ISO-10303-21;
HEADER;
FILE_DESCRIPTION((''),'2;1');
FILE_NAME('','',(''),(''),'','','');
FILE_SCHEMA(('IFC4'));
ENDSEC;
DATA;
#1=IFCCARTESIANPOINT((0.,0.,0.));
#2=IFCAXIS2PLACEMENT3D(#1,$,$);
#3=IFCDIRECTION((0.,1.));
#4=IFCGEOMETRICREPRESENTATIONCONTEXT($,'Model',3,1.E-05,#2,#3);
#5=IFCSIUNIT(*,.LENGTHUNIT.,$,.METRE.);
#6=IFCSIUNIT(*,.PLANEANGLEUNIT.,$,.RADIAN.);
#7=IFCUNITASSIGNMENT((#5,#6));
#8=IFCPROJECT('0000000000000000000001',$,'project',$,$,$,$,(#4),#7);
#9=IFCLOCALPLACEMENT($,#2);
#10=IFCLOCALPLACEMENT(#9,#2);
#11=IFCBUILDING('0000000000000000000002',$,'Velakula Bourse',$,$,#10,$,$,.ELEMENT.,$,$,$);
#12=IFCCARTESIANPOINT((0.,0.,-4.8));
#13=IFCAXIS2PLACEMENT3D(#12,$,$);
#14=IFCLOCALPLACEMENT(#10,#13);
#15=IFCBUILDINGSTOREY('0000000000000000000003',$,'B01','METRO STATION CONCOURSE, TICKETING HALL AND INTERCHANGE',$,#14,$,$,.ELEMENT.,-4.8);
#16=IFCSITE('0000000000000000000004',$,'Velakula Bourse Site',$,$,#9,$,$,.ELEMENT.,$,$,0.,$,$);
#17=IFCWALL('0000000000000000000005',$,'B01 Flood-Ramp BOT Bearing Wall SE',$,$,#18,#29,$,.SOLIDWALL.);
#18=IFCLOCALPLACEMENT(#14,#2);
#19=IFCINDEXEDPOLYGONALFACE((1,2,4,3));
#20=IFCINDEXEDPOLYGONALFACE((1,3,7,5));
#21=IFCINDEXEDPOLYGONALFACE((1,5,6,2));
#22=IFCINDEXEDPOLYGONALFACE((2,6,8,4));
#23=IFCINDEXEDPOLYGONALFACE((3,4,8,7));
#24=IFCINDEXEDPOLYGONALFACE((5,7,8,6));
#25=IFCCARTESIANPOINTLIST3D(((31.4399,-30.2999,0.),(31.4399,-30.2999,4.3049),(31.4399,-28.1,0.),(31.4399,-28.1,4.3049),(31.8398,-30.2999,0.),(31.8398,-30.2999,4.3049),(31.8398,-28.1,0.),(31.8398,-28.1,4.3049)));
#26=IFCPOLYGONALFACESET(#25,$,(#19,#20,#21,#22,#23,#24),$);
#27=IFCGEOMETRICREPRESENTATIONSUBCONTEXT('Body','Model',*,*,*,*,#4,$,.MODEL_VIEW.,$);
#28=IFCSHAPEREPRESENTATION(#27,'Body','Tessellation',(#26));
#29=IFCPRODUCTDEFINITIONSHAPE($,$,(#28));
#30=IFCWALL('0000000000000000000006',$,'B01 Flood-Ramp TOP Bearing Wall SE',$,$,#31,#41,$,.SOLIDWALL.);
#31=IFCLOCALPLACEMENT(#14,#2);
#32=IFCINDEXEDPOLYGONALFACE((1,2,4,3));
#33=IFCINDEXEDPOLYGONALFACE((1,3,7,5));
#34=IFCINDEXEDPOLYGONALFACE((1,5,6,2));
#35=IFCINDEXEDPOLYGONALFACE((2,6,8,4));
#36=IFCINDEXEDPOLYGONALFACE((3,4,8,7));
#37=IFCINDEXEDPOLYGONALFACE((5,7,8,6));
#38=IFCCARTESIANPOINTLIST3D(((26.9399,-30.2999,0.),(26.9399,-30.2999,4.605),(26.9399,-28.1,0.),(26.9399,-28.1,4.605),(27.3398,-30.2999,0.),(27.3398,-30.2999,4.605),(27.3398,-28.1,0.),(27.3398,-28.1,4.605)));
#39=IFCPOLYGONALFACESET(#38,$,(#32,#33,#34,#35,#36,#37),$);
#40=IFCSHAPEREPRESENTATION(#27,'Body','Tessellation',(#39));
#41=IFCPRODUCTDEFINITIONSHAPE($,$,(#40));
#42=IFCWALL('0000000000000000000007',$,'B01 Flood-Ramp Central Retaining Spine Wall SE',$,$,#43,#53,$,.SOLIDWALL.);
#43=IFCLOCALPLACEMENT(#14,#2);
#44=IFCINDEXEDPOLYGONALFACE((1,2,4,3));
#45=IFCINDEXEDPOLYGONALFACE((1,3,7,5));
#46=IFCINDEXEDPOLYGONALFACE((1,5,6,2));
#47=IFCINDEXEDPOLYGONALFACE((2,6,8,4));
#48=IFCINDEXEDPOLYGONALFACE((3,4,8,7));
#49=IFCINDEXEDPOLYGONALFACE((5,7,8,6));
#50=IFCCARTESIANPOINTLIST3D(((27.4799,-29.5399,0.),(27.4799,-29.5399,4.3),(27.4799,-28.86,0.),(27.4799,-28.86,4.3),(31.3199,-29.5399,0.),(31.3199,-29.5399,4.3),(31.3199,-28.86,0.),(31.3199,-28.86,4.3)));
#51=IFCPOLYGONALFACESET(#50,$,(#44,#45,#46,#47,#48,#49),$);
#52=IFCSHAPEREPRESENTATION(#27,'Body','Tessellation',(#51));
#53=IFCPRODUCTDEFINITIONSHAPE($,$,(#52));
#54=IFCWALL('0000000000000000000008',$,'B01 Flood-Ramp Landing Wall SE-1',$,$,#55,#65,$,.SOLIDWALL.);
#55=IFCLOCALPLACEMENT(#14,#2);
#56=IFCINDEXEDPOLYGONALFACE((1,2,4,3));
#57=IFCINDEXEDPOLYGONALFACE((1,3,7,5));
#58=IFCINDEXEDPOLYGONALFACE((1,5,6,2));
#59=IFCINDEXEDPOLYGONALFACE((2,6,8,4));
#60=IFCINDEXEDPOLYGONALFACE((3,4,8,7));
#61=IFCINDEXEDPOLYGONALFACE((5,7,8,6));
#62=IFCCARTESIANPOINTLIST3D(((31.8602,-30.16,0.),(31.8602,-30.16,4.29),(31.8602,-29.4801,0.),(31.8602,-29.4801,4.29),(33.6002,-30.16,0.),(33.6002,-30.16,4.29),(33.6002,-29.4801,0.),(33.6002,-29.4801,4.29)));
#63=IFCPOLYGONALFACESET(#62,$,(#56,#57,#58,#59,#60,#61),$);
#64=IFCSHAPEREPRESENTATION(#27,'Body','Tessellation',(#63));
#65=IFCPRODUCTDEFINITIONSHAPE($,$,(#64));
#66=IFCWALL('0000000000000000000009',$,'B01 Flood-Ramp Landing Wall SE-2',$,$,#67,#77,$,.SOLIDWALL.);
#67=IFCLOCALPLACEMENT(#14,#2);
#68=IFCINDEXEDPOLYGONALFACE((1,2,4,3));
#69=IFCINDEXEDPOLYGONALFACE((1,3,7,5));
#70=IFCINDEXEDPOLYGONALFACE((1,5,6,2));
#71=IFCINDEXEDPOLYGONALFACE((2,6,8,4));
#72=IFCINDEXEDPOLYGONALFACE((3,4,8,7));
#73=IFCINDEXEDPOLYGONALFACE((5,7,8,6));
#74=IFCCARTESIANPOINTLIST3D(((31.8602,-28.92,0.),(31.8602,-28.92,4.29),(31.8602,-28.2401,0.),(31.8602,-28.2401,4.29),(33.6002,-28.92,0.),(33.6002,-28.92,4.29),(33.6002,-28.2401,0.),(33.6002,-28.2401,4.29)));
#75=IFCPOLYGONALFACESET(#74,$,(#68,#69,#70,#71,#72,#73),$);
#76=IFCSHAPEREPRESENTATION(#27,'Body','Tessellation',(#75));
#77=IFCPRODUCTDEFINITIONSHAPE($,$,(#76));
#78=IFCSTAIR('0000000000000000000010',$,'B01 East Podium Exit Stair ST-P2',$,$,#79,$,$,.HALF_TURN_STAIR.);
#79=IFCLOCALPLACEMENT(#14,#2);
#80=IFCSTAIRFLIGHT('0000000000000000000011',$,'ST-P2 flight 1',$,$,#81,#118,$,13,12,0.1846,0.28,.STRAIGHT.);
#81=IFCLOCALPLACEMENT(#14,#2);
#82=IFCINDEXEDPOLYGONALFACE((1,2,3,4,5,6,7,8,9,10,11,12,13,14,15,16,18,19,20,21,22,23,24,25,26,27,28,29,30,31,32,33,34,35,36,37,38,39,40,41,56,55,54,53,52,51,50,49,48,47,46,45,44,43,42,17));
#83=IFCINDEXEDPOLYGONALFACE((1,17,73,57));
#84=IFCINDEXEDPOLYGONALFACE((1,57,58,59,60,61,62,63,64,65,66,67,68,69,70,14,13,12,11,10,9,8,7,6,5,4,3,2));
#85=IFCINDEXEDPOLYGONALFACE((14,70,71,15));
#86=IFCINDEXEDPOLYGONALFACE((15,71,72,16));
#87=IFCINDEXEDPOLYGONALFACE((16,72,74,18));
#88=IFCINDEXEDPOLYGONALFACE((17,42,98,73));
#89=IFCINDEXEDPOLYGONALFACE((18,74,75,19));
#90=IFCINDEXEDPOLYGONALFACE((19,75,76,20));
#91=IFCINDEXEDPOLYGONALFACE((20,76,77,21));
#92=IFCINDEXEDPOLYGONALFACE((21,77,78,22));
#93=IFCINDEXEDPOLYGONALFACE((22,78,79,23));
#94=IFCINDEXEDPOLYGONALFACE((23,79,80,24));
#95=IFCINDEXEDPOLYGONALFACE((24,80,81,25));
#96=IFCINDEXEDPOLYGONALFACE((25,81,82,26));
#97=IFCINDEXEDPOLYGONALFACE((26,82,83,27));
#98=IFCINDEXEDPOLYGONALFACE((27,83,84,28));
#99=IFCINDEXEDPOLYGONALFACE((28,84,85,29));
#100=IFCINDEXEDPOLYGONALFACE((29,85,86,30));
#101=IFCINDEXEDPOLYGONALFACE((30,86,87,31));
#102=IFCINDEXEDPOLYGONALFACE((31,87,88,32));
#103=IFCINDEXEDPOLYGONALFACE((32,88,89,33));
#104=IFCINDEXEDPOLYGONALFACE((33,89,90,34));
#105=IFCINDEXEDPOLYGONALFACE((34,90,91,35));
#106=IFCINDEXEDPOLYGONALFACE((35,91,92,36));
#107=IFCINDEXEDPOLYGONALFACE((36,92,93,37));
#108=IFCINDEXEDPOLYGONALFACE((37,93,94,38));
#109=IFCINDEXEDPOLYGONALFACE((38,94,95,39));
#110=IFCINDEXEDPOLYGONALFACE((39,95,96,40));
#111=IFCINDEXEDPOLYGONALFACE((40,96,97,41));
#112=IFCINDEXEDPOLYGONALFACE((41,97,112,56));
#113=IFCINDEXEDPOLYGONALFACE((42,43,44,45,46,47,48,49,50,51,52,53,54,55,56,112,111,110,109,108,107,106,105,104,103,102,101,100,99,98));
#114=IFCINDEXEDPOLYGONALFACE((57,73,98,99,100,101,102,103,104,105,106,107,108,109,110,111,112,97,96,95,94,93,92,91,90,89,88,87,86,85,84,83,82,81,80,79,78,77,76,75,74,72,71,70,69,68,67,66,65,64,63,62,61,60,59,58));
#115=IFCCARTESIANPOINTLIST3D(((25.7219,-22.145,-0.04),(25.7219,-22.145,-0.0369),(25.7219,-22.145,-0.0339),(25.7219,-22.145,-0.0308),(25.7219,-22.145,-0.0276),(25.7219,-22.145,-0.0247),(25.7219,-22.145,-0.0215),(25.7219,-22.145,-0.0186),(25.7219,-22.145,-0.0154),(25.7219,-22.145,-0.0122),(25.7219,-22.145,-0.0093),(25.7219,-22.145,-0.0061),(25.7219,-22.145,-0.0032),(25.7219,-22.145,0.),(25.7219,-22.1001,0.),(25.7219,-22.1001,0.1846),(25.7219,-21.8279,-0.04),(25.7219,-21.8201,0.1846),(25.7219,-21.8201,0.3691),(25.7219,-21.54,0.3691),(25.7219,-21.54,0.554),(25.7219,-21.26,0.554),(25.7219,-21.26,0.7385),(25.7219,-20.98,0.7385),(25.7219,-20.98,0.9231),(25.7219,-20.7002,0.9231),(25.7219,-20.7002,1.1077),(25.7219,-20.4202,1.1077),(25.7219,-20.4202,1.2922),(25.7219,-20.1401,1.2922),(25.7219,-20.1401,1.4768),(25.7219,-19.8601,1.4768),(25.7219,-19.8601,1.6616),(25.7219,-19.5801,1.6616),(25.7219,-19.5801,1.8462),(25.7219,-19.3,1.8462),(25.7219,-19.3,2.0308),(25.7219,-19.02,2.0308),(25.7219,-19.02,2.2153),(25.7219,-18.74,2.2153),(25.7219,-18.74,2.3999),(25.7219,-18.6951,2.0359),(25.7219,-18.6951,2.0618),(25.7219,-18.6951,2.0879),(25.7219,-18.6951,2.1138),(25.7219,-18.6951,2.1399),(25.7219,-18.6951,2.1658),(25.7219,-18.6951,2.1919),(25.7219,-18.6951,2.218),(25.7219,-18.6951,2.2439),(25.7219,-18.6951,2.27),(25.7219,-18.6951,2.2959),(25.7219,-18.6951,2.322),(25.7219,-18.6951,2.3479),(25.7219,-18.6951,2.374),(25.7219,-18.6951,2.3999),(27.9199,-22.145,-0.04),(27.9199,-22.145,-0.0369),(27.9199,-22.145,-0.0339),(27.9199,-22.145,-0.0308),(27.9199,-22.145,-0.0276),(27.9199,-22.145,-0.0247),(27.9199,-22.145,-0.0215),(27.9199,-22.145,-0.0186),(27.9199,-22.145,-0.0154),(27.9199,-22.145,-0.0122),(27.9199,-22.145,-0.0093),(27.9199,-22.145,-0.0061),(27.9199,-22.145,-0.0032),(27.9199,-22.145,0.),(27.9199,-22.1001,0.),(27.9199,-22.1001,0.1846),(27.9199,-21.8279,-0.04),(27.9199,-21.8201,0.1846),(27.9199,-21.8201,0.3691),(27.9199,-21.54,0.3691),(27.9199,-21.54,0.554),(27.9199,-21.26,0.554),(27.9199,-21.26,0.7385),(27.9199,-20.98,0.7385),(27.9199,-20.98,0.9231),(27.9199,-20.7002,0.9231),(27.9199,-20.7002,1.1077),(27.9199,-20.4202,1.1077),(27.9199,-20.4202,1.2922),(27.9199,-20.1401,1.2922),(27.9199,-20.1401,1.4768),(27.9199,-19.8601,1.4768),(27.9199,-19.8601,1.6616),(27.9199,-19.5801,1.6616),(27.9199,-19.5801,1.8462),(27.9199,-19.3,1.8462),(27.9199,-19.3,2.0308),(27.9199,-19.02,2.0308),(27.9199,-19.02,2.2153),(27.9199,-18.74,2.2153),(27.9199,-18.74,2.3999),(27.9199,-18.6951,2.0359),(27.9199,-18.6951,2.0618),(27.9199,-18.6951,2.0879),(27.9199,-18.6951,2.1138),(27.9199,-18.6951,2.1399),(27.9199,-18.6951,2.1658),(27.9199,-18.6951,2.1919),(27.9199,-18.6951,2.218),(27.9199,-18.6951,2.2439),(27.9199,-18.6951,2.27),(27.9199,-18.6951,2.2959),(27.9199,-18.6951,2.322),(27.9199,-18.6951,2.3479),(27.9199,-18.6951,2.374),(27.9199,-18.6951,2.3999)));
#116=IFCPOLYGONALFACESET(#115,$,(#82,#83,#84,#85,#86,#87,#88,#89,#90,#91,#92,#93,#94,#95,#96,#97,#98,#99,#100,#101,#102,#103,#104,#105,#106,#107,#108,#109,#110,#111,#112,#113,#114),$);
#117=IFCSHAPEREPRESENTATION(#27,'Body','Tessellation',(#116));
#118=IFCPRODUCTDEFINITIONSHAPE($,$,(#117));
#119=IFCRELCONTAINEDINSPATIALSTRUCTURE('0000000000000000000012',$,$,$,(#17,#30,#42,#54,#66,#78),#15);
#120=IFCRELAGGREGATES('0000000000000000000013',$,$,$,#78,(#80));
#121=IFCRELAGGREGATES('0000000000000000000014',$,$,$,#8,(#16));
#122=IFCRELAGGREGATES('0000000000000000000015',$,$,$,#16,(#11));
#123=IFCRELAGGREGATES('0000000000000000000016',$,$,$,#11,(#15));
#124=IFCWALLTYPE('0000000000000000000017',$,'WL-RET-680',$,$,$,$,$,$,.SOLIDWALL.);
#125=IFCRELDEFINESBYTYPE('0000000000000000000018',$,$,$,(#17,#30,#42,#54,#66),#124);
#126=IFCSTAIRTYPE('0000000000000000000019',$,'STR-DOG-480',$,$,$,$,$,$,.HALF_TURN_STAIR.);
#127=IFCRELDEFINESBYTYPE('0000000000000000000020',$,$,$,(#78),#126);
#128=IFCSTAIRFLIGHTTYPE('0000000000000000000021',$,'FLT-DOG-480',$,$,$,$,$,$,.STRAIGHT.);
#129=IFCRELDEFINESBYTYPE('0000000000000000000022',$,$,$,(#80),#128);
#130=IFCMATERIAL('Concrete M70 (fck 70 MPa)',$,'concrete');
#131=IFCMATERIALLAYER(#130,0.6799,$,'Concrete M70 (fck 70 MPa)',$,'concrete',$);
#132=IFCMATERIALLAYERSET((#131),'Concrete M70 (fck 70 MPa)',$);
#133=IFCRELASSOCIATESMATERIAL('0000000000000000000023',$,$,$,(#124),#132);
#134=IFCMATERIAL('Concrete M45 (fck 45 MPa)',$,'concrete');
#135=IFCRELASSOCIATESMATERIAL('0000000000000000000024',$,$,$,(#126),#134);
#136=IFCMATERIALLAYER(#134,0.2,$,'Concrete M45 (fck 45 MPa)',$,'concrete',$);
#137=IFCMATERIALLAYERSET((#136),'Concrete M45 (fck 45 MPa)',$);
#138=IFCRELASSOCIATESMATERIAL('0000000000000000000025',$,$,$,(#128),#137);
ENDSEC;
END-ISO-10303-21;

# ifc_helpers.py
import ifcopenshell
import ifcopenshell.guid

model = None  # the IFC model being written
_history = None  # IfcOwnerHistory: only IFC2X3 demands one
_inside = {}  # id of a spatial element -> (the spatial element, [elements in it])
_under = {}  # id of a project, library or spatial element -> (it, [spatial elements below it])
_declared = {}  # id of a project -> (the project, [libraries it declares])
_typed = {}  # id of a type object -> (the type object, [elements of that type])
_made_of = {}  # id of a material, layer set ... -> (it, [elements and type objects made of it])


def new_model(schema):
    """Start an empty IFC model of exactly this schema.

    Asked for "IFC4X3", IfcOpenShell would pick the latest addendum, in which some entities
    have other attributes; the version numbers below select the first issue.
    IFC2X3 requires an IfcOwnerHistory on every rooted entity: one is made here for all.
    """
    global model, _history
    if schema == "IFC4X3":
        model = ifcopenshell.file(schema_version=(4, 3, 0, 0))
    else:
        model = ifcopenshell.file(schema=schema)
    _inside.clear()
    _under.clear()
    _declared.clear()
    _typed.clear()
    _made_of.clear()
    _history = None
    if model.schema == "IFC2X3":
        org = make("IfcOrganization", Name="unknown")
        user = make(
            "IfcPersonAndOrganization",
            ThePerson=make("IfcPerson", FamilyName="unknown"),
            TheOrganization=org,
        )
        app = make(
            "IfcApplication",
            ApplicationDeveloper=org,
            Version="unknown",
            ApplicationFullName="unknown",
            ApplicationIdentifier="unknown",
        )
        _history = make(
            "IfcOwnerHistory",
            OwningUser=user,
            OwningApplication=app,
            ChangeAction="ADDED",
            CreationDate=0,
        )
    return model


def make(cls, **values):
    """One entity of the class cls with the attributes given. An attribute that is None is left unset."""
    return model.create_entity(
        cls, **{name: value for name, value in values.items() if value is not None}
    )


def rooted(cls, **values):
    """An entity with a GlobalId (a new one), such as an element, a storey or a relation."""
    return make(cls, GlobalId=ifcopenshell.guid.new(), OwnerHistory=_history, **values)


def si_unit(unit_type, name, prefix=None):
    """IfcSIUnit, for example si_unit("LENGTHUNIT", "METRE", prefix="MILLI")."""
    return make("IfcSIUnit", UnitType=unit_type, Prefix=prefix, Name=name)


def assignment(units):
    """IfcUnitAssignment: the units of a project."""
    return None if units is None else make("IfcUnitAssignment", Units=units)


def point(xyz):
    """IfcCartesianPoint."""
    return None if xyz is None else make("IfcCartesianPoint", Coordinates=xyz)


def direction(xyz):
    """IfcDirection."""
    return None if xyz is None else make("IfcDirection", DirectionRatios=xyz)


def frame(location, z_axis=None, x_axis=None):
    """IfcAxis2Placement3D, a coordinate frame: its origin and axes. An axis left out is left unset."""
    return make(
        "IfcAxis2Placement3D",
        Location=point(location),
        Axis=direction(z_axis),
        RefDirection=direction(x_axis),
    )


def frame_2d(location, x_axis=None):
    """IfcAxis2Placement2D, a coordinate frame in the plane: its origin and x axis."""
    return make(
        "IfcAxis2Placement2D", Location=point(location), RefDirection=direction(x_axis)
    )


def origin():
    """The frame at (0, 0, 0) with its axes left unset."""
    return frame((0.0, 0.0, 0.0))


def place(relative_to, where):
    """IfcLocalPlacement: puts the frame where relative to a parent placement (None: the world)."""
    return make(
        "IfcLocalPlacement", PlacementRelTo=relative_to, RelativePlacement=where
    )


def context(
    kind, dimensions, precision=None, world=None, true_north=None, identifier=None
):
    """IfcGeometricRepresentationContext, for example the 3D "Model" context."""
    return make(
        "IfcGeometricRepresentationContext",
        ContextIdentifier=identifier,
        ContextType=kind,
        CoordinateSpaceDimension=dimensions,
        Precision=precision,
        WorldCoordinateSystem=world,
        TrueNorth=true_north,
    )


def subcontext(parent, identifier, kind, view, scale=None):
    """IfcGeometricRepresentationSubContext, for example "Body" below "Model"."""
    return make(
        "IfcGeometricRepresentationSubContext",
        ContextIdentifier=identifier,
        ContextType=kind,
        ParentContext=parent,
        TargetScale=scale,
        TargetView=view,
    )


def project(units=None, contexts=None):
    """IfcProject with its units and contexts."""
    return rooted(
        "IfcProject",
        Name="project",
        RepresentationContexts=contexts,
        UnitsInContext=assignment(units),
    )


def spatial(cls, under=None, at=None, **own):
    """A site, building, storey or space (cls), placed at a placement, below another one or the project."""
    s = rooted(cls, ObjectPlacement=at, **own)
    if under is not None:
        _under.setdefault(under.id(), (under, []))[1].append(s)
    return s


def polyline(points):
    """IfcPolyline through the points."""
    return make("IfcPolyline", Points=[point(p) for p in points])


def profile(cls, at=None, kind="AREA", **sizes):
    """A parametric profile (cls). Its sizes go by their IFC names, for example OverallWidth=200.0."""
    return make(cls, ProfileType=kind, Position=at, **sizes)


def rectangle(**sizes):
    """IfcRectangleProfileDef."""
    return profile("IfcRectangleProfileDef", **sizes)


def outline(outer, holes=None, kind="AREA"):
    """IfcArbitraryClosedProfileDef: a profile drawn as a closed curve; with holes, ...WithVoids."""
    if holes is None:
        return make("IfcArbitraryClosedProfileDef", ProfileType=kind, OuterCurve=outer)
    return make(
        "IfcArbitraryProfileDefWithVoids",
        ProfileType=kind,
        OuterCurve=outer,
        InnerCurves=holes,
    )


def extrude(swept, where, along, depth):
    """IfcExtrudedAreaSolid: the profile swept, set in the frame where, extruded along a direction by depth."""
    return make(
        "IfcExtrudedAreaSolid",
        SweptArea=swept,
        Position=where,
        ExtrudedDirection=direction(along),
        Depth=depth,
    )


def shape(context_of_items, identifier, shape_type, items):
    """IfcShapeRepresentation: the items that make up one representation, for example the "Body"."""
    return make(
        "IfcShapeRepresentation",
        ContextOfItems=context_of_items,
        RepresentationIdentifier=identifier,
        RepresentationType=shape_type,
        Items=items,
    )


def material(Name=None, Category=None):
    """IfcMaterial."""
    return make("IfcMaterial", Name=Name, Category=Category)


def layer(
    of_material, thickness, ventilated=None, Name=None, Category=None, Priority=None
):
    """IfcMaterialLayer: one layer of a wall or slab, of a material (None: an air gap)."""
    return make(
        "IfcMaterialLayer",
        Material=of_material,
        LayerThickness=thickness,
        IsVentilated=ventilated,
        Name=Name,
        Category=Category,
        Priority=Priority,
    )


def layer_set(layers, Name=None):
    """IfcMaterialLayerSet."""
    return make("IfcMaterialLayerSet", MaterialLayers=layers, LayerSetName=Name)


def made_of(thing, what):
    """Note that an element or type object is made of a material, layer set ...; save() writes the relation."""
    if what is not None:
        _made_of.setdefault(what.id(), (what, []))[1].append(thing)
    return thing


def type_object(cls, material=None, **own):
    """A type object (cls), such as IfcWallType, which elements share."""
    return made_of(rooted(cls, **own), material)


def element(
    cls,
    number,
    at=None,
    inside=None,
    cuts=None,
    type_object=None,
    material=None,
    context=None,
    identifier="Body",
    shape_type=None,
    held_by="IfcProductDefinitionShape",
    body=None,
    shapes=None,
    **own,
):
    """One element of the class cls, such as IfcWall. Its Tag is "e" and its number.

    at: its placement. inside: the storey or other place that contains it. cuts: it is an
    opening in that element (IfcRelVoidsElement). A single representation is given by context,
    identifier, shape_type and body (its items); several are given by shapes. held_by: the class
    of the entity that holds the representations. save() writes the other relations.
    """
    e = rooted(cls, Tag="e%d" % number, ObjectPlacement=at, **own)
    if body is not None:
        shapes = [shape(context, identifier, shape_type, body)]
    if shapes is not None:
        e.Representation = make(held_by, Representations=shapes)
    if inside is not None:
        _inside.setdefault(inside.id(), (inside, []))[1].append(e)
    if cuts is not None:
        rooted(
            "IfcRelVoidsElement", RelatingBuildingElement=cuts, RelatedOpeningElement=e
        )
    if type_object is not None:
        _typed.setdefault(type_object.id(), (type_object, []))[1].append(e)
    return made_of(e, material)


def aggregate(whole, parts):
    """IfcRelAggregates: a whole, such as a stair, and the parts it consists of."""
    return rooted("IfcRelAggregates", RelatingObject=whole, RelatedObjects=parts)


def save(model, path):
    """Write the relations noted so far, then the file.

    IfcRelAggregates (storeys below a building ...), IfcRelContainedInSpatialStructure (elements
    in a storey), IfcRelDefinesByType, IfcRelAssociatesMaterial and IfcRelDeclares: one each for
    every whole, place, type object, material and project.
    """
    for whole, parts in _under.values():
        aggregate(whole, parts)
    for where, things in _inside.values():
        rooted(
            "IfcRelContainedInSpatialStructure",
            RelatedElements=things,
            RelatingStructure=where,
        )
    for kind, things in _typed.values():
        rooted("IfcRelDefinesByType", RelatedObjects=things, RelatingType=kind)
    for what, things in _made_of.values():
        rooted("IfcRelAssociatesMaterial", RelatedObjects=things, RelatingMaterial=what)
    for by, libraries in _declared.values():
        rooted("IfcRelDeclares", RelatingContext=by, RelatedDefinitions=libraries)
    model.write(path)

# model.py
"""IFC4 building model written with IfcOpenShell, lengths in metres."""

from ifc_helpers import new_model, si_unit, direction, frame, frame_2d, origin, place, context, subcontext, project, spatial, polyline, rectangle, outline, extrude, material, layer, layer_set, type_object, element, aggregate, save


model = new_model("IFC4")

# Units and contexts
model_context = context("Model", 3, precision=1e-05, world=origin(), true_north=direction((0.0, 1.0)))
body_context = subcontext(model_context, "Body", "Model", "MODEL_VIEW")
ifc_project = project(units=[si_unit("LENGTHUNIT", "METRE"), si_unit("PLANEANGLEUNIT", "RADIAN")], contexts=[model_context])

# Site, building, storey
site_placement = place(None, origin())
site = spatial("IfcSite", under=ifc_project, at=site_placement, Name="Velakula Bourse Site", CompositionType="ELEMENT", RefElevation=0.0)
building_placement = place(site_placement, origin())
building = spatial("IfcBuilding", under=site, at=building_placement, Name="Velakula Bourse", CompositionType="ELEMENT")
storey_placement = place(building_placement, frame((0.0, 0.0, -4.8)))
storey = spatial("IfcBuildingStorey", under=building, at=storey_placement, Name="B01", Description="METRO STATION CONCOURSE, TICKETING HALL AND INTERCHANGE", CompositionType="ELEMENT", Elevation=-4.8)

# Shared definitions
ifc_material_1 = material(Name="Concrete M70 (fck 70 MPa)", Category="concrete")

# Walls
ifc_layer_1 = layer(ifc_material_1, 0.6799, Name="Concrete M70 (fck 70 MPa)", Category="concrete")
ifc_layer_set_1 = layer_set([ifc_layer_1], Name="Concrete M70 (fck 70 MPa)")
wall_type_1 = type_object("IfcWallType", Name="WL-RET-680", PredefinedType="SOLIDWALL", material=ifc_layer_set_1)
wall_1_placement = place(storey_placement, frame((31.6399, -30.3, 0.0), z_axis=(0.0, 0.0, 1.0), x_axis=(0.0, 1.0, 0.0)))
element("IfcWall", 1, at=wall_1_placement, inside=storey, type_object=wall_type_1, Name="B01 Flood-Ramp BOT Bearing Wall SE", PredefinedType="SOLIDWALL", context=body_context, shape_type="SweptSolid", body=[
    extrude(rectangle(XDim=2.2, YDim=0.3999, at=frame_2d((1.1001, 0.0))), origin(), (0.0, 0.0, 1.0), 4.3049),
])
wall_2_placement = place(storey_placement, frame((27.1399, -30.3, 0.0), z_axis=(0.0, 0.0, 1.0), x_axis=(0.0, 1.0, 0.0)))
element("IfcWall", 2, at=wall_2_placement, inside=storey, type_object=wall_type_1, Name="B01 Flood-Ramp TOP Bearing Wall SE", PredefinedType="SOLIDWALL", context=body_context, shape_type="SweptSolid", body=[
    extrude(rectangle(XDim=2.2, YDim=0.3999, at=frame_2d((1.1001, 0.0))), origin(), (0.0, 0.0, 1.0), 4.605),
])
wall_3_placement = place(storey_placement, frame((27.48, -29.2, 0.0), z_axis=(0.0, 0.0, 1.0), x_axis=(1.0, 0.0, 0.0)))
element("IfcWall", 3, at=wall_3_placement, inside=storey, type_object=wall_type_1, Name="B01 Flood-Ramp Central Retaining Spine Wall SE", PredefinedType="SOLIDWALL", context=body_context, shape_type="SweptSolid", body=[
    extrude(rectangle(XDim=3.8401, YDim=0.6799, at=frame_2d((1.9199, 0.0))), origin(), (0.0, 0.0, 1.0), 4.3),
])
for number, where, z_axis, x_axis, name in (
    (4, (31.8601, -29.8201, 0.0), (0.0, 0.0, 1.0), (1.0, 0.0, 0.0), "B01 Flood-Ramp Landing Wall SE-1"),
    (5, (31.8601, -28.5801, 0.0), (0.0, 0.0, 1.0), (1.0, 0.0, 0.0), "B01 Flood-Ramp Landing Wall SE-2"),
):
    element("IfcWall", number, at=place(storey_placement, frame(where, z_axis=z_axis, x_axis=x_axis)), inside=storey, type_object=wall_type_1, Name=name, PredefinedType="SOLIDWALL", context=body_context, shape_type="SweptSolid", body=[
        extrude(rectangle(XDim=1.74, YDim=0.6799, at=frame_2d((0.8701, 0.0))), origin(), (0.0, 0.0, 1.0), 4.29),
    ])

# Stair, stair flight
ifc_material_2 = material(Name="Concrete M45 (fck 45 MPa)", Category="concrete")
stair_type = type_object("IfcStairType", Name="STR-DOG-480", PredefinedType="HALF_TURN_STAIR", material=ifc_material_2)
stair_placement = place(storey_placement, origin())
stair = element("IfcStair", 6, at=stair_placement, inside=storey, type_object=stair_type, Name="B01 East Podium Exit Stair ST-P2", PredefinedType="HALF_TURN_STAIR")
ifc_layer_2 = layer(ifc_material_2, 0.2, Name="Concrete M45 (fck 45 MPa)", Category="concrete")
ifc_layer_set_2 = layer_set([ifc_layer_2], Name="Concrete M45 (fck 45 MPa)")
stair_flight_type = type_object("IfcStairFlightType", Name="FLT-DOG-480", PredefinedType="STRAIGHT", material=ifc_layer_set_2)
stair_flight_placement = place(storey_placement, frame((26.821, -22.1001, 0.0), z_axis=(0.0, 0.0, 1.0), x_axis=(0.0, 1.0, 0.0)))
stair_flight = element("IfcStairFlight", 7, at=stair_flight_placement, type_object=stair_flight_type, Name="ST-P2 flight 1", NumberOfRisers=13, NumberOfTreads=12, PredefinedType="STRAIGHT", RiserHeight=0.1846, TreadLength=0.28, context=body_context, shape_type="SweptSolid", body=[
    extrude(outline(polyline([(-0.0449, -0.04), (-0.0449, -0.0369), (-0.0449, -0.0339), (-0.0449, -0.0308), (-0.0449, -0.0276), (-0.0449, -0.0247), (-0.0449, -0.0215), (-0.0449, -0.0186), (-0.0449, -0.0154), (-0.0449, -0.0122), (-0.0449, -0.0093), (-0.0449, -0.0061), (-0.0449, -0.0032), (-0.0449, 0.0), (0.0, 0.0), (0.0, 0.1846), (0.28, 0.1846), (0.28, 0.3691), (0.5601, 0.3691), (0.5601, 0.554), (0.8401, 0.554), (0.8401, 0.7385), (1.1201, 0.7385), (1.1201, 0.9231), (1.3999, 0.9231), (1.3999, 1.1077), (1.6799, 1.1077), (1.6799, 1.2922), (1.96, 1.2922), (1.96, 1.4768), (2.24, 1.4768), (2.24, 1.6616), (2.52, 1.6616), (2.52, 1.8462), (2.8, 1.8462), (2.8, 2.0308), (3.0801, 2.0308), (3.0801, 2.2153), (3.3601, 2.2153), (3.3601, 2.3999), (3.405, 2.3999), (3.405, 2.374), (3.405, 2.3479), (3.405, 2.322), (3.405, 2.2959), (3.405, 2.27), (3.405, 2.2439), (3.405, 2.218), (3.405, 2.1919), (3.405, 2.1658), (3.405, 2.1399), (3.405, 2.1138), (3.405, 2.0879), (3.405, 2.0618), (3.405, 2.0359), (0.2722, -0.04), (-0.0449, -0.04)])), frame((0.0, 1.0991, 0.0), z_axis=(0.0, -1.0, 0.0), x_axis=(1.0, 0.0, 0.0)), (0.0, 0.0, 1.0), 2.198),
])
aggregate(stair, [stair_flight])

save(model, "model.ifc")
